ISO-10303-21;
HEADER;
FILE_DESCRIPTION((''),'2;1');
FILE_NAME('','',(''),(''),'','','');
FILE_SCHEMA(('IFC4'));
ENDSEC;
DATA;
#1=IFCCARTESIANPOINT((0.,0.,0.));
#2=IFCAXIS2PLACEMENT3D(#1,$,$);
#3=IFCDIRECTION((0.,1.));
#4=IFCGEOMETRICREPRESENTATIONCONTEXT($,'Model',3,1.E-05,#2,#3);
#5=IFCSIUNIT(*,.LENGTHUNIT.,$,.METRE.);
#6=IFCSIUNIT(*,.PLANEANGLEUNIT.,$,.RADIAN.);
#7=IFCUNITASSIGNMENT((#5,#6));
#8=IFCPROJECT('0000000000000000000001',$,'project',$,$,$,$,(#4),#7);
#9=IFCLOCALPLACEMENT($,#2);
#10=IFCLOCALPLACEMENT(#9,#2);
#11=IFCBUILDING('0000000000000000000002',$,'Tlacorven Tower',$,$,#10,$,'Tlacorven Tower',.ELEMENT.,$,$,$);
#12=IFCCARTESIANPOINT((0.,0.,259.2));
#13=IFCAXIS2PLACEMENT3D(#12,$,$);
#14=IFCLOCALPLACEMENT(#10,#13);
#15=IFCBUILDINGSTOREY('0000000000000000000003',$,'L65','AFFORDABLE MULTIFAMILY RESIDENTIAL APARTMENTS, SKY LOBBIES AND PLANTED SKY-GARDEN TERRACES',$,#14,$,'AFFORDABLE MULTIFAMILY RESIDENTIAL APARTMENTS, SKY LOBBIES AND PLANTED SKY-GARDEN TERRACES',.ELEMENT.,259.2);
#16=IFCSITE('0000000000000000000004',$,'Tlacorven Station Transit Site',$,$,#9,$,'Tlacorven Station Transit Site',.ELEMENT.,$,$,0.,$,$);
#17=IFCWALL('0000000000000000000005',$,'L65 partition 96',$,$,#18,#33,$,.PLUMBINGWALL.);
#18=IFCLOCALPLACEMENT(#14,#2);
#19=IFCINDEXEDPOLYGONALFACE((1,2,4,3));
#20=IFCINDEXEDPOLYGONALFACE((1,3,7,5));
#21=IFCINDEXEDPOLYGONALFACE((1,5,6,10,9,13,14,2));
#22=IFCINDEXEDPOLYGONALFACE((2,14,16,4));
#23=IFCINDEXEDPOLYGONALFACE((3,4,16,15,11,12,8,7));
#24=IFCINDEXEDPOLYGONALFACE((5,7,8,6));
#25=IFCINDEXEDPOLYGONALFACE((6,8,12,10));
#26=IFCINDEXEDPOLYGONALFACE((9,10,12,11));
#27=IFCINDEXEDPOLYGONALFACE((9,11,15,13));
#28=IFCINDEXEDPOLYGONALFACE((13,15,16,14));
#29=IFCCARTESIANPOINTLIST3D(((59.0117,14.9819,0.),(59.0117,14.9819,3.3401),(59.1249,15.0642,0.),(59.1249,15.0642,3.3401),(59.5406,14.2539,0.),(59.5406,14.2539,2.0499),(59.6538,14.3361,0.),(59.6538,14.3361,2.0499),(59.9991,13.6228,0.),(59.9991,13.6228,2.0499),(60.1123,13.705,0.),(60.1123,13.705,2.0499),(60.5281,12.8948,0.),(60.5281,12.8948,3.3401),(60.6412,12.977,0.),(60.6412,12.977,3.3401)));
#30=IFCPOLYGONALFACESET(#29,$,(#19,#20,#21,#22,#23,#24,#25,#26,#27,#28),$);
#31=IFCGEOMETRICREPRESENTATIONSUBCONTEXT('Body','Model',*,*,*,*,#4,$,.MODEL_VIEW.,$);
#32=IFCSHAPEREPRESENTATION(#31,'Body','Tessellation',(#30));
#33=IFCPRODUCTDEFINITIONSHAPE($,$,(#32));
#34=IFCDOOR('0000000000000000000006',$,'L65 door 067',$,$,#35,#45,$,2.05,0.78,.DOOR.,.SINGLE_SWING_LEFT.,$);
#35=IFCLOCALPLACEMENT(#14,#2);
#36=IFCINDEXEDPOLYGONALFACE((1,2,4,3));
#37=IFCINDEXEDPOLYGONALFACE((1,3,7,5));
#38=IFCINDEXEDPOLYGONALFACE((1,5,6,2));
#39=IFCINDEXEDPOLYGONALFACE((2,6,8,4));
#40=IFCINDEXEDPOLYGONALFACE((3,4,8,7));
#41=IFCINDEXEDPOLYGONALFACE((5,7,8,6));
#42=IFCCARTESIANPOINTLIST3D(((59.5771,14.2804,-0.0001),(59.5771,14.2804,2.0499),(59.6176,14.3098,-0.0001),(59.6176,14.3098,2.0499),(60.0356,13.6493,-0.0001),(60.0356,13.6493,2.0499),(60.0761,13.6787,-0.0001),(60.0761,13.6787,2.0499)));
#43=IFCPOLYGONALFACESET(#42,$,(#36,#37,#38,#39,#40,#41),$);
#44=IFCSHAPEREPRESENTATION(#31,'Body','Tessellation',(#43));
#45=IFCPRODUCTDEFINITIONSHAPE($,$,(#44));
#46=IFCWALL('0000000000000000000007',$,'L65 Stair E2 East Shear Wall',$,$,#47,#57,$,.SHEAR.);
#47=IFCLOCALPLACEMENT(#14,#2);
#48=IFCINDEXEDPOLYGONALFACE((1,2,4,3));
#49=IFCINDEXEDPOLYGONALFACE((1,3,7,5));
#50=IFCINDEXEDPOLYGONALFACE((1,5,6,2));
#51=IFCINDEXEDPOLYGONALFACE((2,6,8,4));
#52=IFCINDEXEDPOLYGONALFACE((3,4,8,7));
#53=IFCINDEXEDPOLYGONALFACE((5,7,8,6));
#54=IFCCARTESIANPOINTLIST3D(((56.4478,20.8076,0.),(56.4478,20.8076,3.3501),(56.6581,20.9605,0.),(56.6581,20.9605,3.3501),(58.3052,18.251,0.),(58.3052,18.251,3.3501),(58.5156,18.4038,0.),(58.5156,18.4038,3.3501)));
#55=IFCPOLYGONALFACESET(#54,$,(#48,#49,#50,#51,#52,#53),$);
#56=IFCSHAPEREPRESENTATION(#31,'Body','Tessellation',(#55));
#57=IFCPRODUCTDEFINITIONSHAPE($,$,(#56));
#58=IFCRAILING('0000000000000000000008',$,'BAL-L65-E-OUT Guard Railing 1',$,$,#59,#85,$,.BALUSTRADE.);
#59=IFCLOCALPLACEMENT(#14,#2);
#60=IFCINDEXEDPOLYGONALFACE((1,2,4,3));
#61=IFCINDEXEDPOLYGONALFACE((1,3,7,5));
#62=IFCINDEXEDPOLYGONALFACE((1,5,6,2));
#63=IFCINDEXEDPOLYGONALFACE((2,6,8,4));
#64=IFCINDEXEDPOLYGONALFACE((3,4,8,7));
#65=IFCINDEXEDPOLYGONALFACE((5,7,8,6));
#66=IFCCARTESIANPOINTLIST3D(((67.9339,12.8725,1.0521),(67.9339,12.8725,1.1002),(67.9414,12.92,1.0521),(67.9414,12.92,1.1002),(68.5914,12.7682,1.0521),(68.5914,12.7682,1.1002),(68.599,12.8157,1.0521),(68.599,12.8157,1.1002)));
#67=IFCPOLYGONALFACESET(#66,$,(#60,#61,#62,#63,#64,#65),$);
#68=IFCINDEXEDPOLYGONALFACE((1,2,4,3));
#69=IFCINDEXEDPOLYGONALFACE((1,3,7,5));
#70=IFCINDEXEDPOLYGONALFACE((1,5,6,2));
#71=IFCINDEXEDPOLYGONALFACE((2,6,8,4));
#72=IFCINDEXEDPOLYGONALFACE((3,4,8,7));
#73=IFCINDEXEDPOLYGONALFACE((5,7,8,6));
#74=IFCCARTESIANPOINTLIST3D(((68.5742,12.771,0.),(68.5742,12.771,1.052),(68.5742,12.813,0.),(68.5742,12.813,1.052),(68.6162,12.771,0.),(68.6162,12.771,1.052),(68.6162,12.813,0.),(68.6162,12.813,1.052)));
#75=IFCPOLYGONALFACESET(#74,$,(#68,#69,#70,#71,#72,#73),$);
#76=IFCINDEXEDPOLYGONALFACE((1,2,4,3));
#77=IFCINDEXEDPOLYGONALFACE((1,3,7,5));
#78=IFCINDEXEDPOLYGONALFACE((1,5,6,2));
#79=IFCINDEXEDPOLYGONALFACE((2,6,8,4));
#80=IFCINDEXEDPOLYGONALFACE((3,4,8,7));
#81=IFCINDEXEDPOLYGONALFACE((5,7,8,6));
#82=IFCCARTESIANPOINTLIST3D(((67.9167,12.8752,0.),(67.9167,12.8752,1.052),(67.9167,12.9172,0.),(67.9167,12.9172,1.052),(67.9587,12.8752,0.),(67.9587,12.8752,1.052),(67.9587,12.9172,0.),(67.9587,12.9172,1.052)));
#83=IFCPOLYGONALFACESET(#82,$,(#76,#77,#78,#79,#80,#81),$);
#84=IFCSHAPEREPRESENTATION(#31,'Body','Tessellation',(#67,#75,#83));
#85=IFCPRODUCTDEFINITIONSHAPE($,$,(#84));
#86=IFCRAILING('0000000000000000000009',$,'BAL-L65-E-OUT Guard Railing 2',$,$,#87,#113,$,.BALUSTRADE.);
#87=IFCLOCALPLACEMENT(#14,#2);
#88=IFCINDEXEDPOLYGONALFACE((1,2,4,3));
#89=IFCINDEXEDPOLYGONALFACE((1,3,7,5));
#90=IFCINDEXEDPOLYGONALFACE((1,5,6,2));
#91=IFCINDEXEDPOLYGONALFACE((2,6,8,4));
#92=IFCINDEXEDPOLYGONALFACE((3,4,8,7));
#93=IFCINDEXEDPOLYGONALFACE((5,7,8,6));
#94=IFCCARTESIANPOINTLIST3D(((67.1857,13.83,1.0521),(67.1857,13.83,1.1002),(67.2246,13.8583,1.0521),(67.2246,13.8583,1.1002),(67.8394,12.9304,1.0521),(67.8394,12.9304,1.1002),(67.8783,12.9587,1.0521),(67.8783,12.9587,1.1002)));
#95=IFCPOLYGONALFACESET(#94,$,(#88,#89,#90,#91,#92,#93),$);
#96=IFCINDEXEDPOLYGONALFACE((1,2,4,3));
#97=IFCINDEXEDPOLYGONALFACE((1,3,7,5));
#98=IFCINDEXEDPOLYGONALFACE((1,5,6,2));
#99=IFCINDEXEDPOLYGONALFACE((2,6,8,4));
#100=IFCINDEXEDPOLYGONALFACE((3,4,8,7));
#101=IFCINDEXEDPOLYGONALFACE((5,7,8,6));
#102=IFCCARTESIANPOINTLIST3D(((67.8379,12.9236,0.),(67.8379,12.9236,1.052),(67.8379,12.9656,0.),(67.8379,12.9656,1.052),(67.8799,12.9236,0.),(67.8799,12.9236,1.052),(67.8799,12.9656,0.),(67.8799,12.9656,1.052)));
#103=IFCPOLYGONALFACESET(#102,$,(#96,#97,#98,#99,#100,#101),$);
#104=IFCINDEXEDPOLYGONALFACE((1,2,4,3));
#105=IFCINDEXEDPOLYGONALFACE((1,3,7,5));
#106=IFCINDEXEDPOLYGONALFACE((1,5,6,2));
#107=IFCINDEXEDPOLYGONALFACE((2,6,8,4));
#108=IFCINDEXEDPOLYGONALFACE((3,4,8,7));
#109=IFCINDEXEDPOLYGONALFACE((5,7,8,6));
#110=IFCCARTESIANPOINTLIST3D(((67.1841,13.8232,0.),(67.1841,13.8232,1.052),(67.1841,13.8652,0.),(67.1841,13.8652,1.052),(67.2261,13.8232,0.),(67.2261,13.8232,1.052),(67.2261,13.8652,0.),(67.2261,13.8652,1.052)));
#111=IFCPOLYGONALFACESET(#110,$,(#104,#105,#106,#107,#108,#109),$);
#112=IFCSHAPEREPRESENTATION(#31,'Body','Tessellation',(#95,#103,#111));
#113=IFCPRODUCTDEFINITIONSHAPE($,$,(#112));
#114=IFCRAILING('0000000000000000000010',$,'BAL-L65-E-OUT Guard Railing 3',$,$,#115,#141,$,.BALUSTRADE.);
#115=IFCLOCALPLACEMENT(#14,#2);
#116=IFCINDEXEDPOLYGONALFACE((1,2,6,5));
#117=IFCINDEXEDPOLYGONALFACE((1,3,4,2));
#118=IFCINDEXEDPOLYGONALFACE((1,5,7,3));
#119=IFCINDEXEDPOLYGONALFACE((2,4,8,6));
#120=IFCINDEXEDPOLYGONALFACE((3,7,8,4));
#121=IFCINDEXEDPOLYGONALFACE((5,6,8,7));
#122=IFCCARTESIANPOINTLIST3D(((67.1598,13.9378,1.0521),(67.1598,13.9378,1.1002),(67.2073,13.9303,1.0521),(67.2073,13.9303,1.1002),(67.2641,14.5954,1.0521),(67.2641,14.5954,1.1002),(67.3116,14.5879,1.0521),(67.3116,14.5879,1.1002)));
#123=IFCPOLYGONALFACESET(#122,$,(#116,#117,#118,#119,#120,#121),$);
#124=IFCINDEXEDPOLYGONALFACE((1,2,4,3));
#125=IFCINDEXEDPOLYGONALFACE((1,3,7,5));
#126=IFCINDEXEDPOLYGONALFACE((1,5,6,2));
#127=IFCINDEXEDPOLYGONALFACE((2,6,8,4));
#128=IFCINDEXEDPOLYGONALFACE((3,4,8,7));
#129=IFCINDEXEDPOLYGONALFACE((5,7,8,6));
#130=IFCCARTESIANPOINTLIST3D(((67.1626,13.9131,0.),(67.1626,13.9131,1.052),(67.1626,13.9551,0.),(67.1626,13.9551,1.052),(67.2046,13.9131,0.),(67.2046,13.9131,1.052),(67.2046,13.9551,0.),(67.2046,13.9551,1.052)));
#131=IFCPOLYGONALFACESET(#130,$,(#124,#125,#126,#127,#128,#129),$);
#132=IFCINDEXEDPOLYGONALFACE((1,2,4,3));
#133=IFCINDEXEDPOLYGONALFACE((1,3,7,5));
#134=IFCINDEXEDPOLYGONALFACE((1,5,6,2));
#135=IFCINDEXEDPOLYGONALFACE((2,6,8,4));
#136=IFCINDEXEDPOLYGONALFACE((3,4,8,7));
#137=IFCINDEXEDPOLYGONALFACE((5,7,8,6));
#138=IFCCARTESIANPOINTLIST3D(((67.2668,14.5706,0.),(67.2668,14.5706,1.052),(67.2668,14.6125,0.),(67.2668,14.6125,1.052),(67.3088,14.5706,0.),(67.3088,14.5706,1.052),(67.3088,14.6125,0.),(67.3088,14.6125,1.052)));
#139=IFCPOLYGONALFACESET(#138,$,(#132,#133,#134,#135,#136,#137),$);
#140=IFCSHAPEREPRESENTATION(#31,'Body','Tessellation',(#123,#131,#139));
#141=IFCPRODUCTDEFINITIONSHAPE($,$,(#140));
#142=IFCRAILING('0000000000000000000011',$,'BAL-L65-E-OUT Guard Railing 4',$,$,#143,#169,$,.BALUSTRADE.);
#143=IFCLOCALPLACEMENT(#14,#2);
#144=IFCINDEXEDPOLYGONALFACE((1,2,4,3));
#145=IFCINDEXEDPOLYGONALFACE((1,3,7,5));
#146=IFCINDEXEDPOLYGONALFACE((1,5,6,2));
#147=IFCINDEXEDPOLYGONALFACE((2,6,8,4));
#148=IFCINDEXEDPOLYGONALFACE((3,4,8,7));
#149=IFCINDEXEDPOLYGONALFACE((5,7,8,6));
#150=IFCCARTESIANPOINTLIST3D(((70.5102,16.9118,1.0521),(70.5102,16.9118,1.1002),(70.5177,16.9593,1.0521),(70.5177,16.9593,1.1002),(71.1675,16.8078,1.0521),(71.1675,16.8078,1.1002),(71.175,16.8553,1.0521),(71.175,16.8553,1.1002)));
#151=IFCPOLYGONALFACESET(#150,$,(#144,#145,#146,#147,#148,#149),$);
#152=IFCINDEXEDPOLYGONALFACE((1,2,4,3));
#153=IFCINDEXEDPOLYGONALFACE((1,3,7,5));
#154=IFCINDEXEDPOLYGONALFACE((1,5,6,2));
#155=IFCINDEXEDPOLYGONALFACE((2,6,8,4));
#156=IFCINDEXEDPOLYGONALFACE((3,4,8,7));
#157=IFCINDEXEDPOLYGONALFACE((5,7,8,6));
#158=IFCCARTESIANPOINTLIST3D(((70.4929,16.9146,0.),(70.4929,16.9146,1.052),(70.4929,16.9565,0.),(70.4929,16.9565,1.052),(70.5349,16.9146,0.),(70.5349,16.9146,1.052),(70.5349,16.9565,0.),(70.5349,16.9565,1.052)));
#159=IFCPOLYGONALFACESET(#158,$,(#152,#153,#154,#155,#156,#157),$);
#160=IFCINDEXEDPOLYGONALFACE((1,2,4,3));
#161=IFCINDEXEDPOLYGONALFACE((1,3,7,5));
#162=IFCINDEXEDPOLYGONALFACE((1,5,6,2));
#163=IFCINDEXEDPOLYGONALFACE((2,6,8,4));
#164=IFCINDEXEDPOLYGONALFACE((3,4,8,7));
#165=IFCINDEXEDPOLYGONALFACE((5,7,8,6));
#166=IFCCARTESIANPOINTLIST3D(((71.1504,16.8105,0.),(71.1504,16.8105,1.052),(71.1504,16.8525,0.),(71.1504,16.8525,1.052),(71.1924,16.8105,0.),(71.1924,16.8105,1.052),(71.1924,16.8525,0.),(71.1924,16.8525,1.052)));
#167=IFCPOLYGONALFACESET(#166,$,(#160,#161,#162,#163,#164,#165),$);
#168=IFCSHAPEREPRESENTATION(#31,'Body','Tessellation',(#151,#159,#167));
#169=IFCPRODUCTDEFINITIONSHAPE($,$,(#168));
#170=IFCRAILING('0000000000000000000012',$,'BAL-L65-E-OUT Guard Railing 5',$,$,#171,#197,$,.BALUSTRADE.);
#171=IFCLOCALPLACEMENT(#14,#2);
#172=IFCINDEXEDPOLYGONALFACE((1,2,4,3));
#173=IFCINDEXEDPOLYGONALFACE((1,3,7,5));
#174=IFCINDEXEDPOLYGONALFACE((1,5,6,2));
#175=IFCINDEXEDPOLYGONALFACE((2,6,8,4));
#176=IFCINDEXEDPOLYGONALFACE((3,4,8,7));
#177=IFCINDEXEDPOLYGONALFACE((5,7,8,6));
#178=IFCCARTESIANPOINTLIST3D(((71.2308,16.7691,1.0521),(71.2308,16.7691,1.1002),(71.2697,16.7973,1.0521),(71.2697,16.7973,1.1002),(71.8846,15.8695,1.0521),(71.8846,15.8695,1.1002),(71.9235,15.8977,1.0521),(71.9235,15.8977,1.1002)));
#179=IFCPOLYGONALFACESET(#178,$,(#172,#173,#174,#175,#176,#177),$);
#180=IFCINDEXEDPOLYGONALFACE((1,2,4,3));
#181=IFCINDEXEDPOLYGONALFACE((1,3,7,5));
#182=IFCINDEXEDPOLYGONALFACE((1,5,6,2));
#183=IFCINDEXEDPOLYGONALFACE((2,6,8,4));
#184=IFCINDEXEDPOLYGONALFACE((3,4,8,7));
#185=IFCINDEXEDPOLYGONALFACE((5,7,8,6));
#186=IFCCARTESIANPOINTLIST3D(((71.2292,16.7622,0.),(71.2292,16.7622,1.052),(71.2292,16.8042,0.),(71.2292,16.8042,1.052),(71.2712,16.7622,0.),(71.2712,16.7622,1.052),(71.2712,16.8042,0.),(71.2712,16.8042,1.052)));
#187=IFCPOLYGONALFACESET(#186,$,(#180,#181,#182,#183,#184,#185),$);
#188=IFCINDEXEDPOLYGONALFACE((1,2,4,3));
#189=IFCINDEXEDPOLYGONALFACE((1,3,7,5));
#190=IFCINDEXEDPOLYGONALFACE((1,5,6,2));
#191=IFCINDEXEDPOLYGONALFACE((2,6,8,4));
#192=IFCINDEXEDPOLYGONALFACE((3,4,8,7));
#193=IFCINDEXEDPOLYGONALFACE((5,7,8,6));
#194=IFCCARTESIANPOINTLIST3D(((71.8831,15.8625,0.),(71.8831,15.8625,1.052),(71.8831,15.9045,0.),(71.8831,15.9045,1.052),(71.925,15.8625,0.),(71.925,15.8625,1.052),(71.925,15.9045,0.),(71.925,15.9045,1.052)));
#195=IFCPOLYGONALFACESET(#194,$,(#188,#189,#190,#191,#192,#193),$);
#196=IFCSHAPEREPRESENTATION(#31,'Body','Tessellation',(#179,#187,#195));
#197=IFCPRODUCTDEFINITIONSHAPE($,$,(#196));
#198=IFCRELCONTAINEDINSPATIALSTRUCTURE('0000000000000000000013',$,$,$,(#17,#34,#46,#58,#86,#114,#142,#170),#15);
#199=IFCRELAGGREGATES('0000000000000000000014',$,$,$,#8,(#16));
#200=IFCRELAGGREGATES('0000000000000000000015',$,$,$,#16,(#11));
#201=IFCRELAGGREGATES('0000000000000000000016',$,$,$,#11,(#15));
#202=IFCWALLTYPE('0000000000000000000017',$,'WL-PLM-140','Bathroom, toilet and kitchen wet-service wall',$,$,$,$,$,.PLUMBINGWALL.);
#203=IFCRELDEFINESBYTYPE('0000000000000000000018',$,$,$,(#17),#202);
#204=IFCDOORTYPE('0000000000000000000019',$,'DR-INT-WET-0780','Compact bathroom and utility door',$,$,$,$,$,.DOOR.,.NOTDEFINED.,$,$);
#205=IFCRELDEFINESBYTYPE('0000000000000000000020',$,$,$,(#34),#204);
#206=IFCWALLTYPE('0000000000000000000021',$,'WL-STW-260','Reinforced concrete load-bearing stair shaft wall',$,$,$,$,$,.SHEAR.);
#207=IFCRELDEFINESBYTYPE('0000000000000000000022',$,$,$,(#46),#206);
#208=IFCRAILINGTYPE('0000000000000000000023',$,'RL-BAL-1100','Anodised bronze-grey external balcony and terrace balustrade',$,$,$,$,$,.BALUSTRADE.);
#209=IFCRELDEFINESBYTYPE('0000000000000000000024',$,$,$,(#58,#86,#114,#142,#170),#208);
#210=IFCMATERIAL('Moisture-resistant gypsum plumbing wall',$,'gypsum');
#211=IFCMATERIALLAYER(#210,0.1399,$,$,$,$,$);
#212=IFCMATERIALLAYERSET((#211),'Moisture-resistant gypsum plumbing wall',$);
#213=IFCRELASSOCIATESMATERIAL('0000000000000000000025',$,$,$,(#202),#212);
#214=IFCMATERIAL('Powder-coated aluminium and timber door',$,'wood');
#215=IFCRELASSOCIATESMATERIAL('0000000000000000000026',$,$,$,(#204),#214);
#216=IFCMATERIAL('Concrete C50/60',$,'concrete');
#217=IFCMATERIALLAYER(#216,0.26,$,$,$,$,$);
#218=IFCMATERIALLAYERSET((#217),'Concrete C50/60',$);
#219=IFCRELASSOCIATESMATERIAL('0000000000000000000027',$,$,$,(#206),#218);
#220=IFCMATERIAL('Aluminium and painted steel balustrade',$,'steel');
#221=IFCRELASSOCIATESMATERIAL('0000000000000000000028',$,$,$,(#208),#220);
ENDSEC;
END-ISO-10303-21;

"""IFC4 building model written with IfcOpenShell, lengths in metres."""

from ifc_helpers import new_model, si_unit, direction, frame, frame_2d, origin, origin_2d, place, context, subcontext, project, spatial, rectangle, extrude, source, transform, mapped, material, layer, layer_set, type_object, element, fill, save


model = new_model("IFC4")

# Units and contexts
model_context = context("Model", 3, precision=1e-05, world=origin(), true_north=direction((0.0, 1.0)))
body_context = subcontext(model_context, "Body", "Model", "MODEL_VIEW")
ifc_project = project(units=[si_unit("LENGTHUNIT", "METRE"), si_unit("PLANEANGLEUNIT", "RADIAN")], contexts=[model_context])

# Site, building, storey
site_placement = place(None, origin())
site = spatial("IfcSite", under=ifc_project, at=site_placement, Name="Tlacorven Station Transit Site", LongName="Tlacorven Station Transit Site", CompositionType="ELEMENT", RefElevation=0.0)
building_placement = place(site_placement, origin())
building = spatial("IfcBuilding", under=site, at=building_placement, Name="Tlacorven Tower", LongName="Tlacorven Tower", CompositionType="ELEMENT")
storey_placement = place(building_placement, frame((0.0, 0.0, 259.2)))
storey = spatial("IfcBuildingStorey", under=building, at=storey_placement, Name="L65", Description="AFFORDABLE MULTIFAMILY RESIDENTIAL APARTMENTS, SKY LOBBIES AND PLANTED SKY-GARDEN TERRACES", LongName="AFFORDABLE MULTIFAMILY RESIDENTIAL APARTMENTS, SKY LOBBIES AND PLANTED SKY-GARDEN TERRACES", CompositionType="ELEMENT", Elevation=259.2)

# Shared definitions
ifc_material_1 = material(Name="Powder-coated aluminium and timber door", Category="wood")

# Wall, opening, door
ifc_material_2 = material(Name="Moisture-resistant gypsum plumbing wall", Category="gypsum")
ifc_layer_1 = layer(ifc_material_2, 0.1399)
ifc_layer_set_1 = layer_set([ifc_layer_1], Name="Moisture-resistant gypsum plumbing wall")
wall_type_1 = type_object("IfcWallType", Name="WL-PLM-140", Description="Bathroom, toilet and kitchen wet-service wall", PredefinedType="PLUMBINGWALL", material=ifc_layer_set_1)
wall_1_placement = place(storey_placement, frame((60.5847, 12.9358, 0.0), z_axis=(0.0, 0.0, 1.0), x_axis=(-0.587772, 0.809027, 0.0)))
wall_1 = element("IfcWall", 1, at=wall_1_placement, inside=storey, type_object=wall_type_1, Name="L65 partition 96", PredefinedType="PLUMBINGWALL", context=body_context, shape_type="SweptSolid", body=[
    extrude(rectangle(XDim=2.5798, YDim=0.1399, at=frame_2d((1.29, 0.0))), origin(), (0.0, 0.0, 1.0), 3.3401),
])
opening_1_placement = place(wall_1_placement, frame((0.8999, 0.0, 0.0)))
opening_1 = element("IfcOpeningElement", 2, at=opening_1_placement, cuts=wall_1, PredefinedType="OPENING", context=body_context, shape_type="SweptSolid", body=[
    extrude(rectangle(XDim=0.78, YDim=2.05, at=frame_2d((0.3901, 1.0249))), frame((0.0, 0.0801, 0.0), z_axis=(0.0, -1.0, 0.0), x_axis=(1.0, 0.0, 0.0)), (0.0, 0.0, 1.0), 0.1599),
])
door_type_1 = type_object("IfcDoorType", Name="DR-INT-WET-0780", Description="Compact bathroom and utility door", OperationType="NOTDEFINED", PredefinedType="DOOR", material=ifc_material_1)
shared_shape_1 = source(origin(), body_context, "Body", "SweptSolid", [
    extrude(rectangle(XDim=0.78, YDim=2.05, at=frame_2d((0.3901, 1.0249))), frame((0.0, 0.0249, 0.0), z_axis=(0.0, -1.0, 0.0), x_axis=(1.0, 0.0, 0.0)), (0.0, 0.0, 1.0), 0.05),
])
door_1_placement = place(opening_1_placement, origin())
door_1 = element("IfcDoor", 3, at=door_1_placement, inside=storey, type_object=door_type_1, Name="L65 door 067", OperationType="SINGLE_SWING_LEFT", OverallHeight=2.05, OverallWidth=0.78, PredefinedType="DOOR", context=body_context, shape_type="MappedRepresentation", body=[
    mapped(shared_shape_1, transform((0.0, 0.0, 0.0), scale=1.0)),
])
fill(opening_1, door_1)

# Wall
ifc_material_3 = material(Name="Concrete C50/60", Category="concrete")
ifc_layer_2 = layer(ifc_material_3, 0.26)
ifc_layer_set_2 = layer_set([ifc_layer_2], Name="Concrete C50/60")
wall_type_2 = type_object("IfcWallType", Name="WL-STW-260", Description="Reinforced concrete load-bearing stair shaft wall", PredefinedType="SHEAR", material=ifc_layer_set_2)
wall_2_placement = place(storey_placement, frame((58.4104, 18.3274, 0.0), z_axis=(0.0, 0.0, 1.0), x_axis=(-0.587767, 0.80903, 0.0)))
element("IfcWall", 4, at=wall_2_placement, inside=storey, type_object=wall_type_2, Name="L65 Stair E2 East Shear Wall", PredefinedType="SHEAR", context=body_context, shape_type="SweptSolid", body=[
    extrude(rectangle(XDim=3.1602, YDim=0.26, at=frame_2d((1.5801, 0.0))), origin(), (0.0, 0.0, 1.0), 3.3501),
])

# Railings
ifc_material_4 = material(Name="Aluminium and painted steel balustrade", Category="steel")
railing_type = type_object("IfcRailingType", Name="RL-BAL-1100", Description="Anodised bronze-grey external balcony and terrace balustrade", PredefinedType="BALUSTRADE", material=ifc_material_4)
shared_shape_2 = source(origin(), body_context, "Body", "SweptSolid", [
    extrude(rectangle(XDim=0.0481, YDim=0.0481, at=origin_2d()), frame((0.0, 0.0, 1.0762), z_axis=(-0.987662, 0.156603, 0.0), x_axis=(-0.156603, -0.987662, 0.0)), (0.0, 0.0, 1.0), 0.6658),
    extrude(rectangle(XDim=0.042, YDim=0.042, at=origin_2d()), origin(), (0.0, 0.0, 1.0), 1.052),
    extrude(rectangle(XDim=0.042, YDim=0.042, at=origin_2d()), frame((-0.6575, 0.1042, 0.0)), (0.0, 0.0, 1.0), 1.052),
])
railing_1_placement = place(storey_placement, frame((68.5952, 12.792, 0.0)))
element("IfcRailing", 5, at=railing_1_placement, inside=storey, type_object=railing_type, Name="BAL-L65-E-OUT Guard Railing 1", PredefinedType="BALUSTRADE", context=body_context, shape_type="MappedRepresentation", body=[
    mapped(shared_shape_2, transform((0.0, 0.0, 0.0), scale=1.0)),
])
shared_shape_3 = source(origin(), body_context, "Body", "SweptSolid", [
    extrude(rectangle(XDim=0.0481, YDim=0.0481, at=origin_2d()), frame((0.0, 0.0, 1.0762), z_axis=(-0.587884, 0.808945, 0.0), x_axis=(-0.808945, -0.587884, 0.0)), (0.0, 0.0, 1.0), 1.1121),
    extrude(rectangle(XDim=0.042, YDim=0.042, at=origin_2d()), origin(), (0.0, 0.0, 1.0), 1.052),
    extrude(rectangle(XDim=0.042, YDim=0.042, at=origin_2d()), frame((-0.6538, 0.8997, 0.0)), (0.0, 0.0, 1.0), 1.052),
])
railing_2_placement = place(storey_placement, frame((67.8589, 12.9446, 0.0)))
element("IfcRailing", 6, at=railing_2_placement, inside=storey, type_object=railing_type, Name="BAL-L65-E-OUT Guard Railing 2", PredefinedType="BALUSTRADE", context=body_context, shape_type="MappedRepresentation", body=[
    mapped(shared_shape_3, transform((0.0, 0.0, 0.0), scale=1.0)),
])
shared_shape_4 = source(origin(), body_context, "Body", "SweptSolid", [
    extrude(rectangle(XDim=0.0481, YDim=0.0481, at=origin_2d()), frame((0.0, 0.0, 1.0762), z_axis=(0.156603, 0.987662, 0.0), x_axis=(-0.987662, 0.156603, 0.0)), (0.0, 0.0, 1.0), 0.6658),
    extrude(rectangle(XDim=0.042, YDim=0.042, at=origin_2d()), origin(), (0.0, 0.0, 1.0), 1.052),
    extrude(rectangle(XDim=0.042, YDim=0.042, at=origin_2d()), frame((0.1042, 0.6575, 0.0)), (0.0, 0.0, 1.0), 1.052),
])
railing_3_placement = place(storey_placement, frame((67.1836, 13.9341, 0.0)))
element("IfcRailing", 7, at=railing_3_placement, inside=storey, type_object=railing_type, Name="BAL-L65-E-OUT Guard Railing 3", PredefinedType="BALUSTRADE", context=body_context, shape_type="MappedRepresentation", body=[
    mapped(shared_shape_4, transform((0.0, 0.0, 0.0), scale=1.0)),
])
shared_shape_5 = source(origin(), body_context, "Body", "SweptSolid", [
    extrude(rectangle(XDim=0.0481, YDim=0.0481, at=origin_2d()), frame((0.0, 0.0, 1.0762), z_axis=(0.987718, -0.156245, 0.0), x_axis=(0.156245, 0.987718, 0.0)), (0.0, 0.0, 1.0), 0.6655),
    extrude(rectangle(XDim=0.042, YDim=0.042, at=origin_2d()), origin(), (0.0, 0.0, 1.0), 1.052),
    extrude(rectangle(XDim=0.042, YDim=0.042, at=origin_2d()), frame((0.6575, -0.104, 0.0)), (0.0, 0.0, 1.0), 1.052),
])
railing_4_placement = place(storey_placement, frame((70.5139, 16.9355, 0.0)))
element("IfcRailing", 8, at=railing_4_placement, inside=storey, type_object=railing_type, Name="BAL-L65-E-OUT Guard Railing 4", PredefinedType="BALUSTRADE", context=body_context, shape_type="MappedRepresentation", body=[
    mapped(shared_shape_5, transform((0.0, 0.0, 0.0), scale=1.0)),
])
shared_shape_6 = source(origin(), body_context, "Body", "SweptSolid", [
    extrude(rectangle(XDim=0.0481, YDim=0.0481, at=origin_2d()), frame((0.0, 0.0, 1.0762), z_axis=(0.587884, -0.808945, 0.0), x_axis=(0.808945, 0.587884, 0.0)), (0.0, 0.0, 1.0), 1.1121),
    extrude(rectangle(XDim=0.042, YDim=0.042, at=origin_2d()), origin(), (0.0, 0.0, 1.0), 1.052),
    extrude(rectangle(XDim=0.042, YDim=0.042, at=origin_2d()), frame((0.6538, -0.8997, 0.0)), (0.0, 0.0, 1.0), 1.052),
])
railing_5_placement = place(storey_placement, frame((71.2502, 16.7832, 0.0)))
element("IfcRailing", 9, at=railing_5_placement, inside=storey, type_object=railing_type, Name="BAL-L65-E-OUT Guard Railing 5", PredefinedType="BALUSTRADE", context=body_context, shape_type="MappedRepresentation", body=[
    mapped(shared_shape_6, transform((0.0, 0.0, 0.0), scale=1.0)),
])

save(model, "model.ifc")
